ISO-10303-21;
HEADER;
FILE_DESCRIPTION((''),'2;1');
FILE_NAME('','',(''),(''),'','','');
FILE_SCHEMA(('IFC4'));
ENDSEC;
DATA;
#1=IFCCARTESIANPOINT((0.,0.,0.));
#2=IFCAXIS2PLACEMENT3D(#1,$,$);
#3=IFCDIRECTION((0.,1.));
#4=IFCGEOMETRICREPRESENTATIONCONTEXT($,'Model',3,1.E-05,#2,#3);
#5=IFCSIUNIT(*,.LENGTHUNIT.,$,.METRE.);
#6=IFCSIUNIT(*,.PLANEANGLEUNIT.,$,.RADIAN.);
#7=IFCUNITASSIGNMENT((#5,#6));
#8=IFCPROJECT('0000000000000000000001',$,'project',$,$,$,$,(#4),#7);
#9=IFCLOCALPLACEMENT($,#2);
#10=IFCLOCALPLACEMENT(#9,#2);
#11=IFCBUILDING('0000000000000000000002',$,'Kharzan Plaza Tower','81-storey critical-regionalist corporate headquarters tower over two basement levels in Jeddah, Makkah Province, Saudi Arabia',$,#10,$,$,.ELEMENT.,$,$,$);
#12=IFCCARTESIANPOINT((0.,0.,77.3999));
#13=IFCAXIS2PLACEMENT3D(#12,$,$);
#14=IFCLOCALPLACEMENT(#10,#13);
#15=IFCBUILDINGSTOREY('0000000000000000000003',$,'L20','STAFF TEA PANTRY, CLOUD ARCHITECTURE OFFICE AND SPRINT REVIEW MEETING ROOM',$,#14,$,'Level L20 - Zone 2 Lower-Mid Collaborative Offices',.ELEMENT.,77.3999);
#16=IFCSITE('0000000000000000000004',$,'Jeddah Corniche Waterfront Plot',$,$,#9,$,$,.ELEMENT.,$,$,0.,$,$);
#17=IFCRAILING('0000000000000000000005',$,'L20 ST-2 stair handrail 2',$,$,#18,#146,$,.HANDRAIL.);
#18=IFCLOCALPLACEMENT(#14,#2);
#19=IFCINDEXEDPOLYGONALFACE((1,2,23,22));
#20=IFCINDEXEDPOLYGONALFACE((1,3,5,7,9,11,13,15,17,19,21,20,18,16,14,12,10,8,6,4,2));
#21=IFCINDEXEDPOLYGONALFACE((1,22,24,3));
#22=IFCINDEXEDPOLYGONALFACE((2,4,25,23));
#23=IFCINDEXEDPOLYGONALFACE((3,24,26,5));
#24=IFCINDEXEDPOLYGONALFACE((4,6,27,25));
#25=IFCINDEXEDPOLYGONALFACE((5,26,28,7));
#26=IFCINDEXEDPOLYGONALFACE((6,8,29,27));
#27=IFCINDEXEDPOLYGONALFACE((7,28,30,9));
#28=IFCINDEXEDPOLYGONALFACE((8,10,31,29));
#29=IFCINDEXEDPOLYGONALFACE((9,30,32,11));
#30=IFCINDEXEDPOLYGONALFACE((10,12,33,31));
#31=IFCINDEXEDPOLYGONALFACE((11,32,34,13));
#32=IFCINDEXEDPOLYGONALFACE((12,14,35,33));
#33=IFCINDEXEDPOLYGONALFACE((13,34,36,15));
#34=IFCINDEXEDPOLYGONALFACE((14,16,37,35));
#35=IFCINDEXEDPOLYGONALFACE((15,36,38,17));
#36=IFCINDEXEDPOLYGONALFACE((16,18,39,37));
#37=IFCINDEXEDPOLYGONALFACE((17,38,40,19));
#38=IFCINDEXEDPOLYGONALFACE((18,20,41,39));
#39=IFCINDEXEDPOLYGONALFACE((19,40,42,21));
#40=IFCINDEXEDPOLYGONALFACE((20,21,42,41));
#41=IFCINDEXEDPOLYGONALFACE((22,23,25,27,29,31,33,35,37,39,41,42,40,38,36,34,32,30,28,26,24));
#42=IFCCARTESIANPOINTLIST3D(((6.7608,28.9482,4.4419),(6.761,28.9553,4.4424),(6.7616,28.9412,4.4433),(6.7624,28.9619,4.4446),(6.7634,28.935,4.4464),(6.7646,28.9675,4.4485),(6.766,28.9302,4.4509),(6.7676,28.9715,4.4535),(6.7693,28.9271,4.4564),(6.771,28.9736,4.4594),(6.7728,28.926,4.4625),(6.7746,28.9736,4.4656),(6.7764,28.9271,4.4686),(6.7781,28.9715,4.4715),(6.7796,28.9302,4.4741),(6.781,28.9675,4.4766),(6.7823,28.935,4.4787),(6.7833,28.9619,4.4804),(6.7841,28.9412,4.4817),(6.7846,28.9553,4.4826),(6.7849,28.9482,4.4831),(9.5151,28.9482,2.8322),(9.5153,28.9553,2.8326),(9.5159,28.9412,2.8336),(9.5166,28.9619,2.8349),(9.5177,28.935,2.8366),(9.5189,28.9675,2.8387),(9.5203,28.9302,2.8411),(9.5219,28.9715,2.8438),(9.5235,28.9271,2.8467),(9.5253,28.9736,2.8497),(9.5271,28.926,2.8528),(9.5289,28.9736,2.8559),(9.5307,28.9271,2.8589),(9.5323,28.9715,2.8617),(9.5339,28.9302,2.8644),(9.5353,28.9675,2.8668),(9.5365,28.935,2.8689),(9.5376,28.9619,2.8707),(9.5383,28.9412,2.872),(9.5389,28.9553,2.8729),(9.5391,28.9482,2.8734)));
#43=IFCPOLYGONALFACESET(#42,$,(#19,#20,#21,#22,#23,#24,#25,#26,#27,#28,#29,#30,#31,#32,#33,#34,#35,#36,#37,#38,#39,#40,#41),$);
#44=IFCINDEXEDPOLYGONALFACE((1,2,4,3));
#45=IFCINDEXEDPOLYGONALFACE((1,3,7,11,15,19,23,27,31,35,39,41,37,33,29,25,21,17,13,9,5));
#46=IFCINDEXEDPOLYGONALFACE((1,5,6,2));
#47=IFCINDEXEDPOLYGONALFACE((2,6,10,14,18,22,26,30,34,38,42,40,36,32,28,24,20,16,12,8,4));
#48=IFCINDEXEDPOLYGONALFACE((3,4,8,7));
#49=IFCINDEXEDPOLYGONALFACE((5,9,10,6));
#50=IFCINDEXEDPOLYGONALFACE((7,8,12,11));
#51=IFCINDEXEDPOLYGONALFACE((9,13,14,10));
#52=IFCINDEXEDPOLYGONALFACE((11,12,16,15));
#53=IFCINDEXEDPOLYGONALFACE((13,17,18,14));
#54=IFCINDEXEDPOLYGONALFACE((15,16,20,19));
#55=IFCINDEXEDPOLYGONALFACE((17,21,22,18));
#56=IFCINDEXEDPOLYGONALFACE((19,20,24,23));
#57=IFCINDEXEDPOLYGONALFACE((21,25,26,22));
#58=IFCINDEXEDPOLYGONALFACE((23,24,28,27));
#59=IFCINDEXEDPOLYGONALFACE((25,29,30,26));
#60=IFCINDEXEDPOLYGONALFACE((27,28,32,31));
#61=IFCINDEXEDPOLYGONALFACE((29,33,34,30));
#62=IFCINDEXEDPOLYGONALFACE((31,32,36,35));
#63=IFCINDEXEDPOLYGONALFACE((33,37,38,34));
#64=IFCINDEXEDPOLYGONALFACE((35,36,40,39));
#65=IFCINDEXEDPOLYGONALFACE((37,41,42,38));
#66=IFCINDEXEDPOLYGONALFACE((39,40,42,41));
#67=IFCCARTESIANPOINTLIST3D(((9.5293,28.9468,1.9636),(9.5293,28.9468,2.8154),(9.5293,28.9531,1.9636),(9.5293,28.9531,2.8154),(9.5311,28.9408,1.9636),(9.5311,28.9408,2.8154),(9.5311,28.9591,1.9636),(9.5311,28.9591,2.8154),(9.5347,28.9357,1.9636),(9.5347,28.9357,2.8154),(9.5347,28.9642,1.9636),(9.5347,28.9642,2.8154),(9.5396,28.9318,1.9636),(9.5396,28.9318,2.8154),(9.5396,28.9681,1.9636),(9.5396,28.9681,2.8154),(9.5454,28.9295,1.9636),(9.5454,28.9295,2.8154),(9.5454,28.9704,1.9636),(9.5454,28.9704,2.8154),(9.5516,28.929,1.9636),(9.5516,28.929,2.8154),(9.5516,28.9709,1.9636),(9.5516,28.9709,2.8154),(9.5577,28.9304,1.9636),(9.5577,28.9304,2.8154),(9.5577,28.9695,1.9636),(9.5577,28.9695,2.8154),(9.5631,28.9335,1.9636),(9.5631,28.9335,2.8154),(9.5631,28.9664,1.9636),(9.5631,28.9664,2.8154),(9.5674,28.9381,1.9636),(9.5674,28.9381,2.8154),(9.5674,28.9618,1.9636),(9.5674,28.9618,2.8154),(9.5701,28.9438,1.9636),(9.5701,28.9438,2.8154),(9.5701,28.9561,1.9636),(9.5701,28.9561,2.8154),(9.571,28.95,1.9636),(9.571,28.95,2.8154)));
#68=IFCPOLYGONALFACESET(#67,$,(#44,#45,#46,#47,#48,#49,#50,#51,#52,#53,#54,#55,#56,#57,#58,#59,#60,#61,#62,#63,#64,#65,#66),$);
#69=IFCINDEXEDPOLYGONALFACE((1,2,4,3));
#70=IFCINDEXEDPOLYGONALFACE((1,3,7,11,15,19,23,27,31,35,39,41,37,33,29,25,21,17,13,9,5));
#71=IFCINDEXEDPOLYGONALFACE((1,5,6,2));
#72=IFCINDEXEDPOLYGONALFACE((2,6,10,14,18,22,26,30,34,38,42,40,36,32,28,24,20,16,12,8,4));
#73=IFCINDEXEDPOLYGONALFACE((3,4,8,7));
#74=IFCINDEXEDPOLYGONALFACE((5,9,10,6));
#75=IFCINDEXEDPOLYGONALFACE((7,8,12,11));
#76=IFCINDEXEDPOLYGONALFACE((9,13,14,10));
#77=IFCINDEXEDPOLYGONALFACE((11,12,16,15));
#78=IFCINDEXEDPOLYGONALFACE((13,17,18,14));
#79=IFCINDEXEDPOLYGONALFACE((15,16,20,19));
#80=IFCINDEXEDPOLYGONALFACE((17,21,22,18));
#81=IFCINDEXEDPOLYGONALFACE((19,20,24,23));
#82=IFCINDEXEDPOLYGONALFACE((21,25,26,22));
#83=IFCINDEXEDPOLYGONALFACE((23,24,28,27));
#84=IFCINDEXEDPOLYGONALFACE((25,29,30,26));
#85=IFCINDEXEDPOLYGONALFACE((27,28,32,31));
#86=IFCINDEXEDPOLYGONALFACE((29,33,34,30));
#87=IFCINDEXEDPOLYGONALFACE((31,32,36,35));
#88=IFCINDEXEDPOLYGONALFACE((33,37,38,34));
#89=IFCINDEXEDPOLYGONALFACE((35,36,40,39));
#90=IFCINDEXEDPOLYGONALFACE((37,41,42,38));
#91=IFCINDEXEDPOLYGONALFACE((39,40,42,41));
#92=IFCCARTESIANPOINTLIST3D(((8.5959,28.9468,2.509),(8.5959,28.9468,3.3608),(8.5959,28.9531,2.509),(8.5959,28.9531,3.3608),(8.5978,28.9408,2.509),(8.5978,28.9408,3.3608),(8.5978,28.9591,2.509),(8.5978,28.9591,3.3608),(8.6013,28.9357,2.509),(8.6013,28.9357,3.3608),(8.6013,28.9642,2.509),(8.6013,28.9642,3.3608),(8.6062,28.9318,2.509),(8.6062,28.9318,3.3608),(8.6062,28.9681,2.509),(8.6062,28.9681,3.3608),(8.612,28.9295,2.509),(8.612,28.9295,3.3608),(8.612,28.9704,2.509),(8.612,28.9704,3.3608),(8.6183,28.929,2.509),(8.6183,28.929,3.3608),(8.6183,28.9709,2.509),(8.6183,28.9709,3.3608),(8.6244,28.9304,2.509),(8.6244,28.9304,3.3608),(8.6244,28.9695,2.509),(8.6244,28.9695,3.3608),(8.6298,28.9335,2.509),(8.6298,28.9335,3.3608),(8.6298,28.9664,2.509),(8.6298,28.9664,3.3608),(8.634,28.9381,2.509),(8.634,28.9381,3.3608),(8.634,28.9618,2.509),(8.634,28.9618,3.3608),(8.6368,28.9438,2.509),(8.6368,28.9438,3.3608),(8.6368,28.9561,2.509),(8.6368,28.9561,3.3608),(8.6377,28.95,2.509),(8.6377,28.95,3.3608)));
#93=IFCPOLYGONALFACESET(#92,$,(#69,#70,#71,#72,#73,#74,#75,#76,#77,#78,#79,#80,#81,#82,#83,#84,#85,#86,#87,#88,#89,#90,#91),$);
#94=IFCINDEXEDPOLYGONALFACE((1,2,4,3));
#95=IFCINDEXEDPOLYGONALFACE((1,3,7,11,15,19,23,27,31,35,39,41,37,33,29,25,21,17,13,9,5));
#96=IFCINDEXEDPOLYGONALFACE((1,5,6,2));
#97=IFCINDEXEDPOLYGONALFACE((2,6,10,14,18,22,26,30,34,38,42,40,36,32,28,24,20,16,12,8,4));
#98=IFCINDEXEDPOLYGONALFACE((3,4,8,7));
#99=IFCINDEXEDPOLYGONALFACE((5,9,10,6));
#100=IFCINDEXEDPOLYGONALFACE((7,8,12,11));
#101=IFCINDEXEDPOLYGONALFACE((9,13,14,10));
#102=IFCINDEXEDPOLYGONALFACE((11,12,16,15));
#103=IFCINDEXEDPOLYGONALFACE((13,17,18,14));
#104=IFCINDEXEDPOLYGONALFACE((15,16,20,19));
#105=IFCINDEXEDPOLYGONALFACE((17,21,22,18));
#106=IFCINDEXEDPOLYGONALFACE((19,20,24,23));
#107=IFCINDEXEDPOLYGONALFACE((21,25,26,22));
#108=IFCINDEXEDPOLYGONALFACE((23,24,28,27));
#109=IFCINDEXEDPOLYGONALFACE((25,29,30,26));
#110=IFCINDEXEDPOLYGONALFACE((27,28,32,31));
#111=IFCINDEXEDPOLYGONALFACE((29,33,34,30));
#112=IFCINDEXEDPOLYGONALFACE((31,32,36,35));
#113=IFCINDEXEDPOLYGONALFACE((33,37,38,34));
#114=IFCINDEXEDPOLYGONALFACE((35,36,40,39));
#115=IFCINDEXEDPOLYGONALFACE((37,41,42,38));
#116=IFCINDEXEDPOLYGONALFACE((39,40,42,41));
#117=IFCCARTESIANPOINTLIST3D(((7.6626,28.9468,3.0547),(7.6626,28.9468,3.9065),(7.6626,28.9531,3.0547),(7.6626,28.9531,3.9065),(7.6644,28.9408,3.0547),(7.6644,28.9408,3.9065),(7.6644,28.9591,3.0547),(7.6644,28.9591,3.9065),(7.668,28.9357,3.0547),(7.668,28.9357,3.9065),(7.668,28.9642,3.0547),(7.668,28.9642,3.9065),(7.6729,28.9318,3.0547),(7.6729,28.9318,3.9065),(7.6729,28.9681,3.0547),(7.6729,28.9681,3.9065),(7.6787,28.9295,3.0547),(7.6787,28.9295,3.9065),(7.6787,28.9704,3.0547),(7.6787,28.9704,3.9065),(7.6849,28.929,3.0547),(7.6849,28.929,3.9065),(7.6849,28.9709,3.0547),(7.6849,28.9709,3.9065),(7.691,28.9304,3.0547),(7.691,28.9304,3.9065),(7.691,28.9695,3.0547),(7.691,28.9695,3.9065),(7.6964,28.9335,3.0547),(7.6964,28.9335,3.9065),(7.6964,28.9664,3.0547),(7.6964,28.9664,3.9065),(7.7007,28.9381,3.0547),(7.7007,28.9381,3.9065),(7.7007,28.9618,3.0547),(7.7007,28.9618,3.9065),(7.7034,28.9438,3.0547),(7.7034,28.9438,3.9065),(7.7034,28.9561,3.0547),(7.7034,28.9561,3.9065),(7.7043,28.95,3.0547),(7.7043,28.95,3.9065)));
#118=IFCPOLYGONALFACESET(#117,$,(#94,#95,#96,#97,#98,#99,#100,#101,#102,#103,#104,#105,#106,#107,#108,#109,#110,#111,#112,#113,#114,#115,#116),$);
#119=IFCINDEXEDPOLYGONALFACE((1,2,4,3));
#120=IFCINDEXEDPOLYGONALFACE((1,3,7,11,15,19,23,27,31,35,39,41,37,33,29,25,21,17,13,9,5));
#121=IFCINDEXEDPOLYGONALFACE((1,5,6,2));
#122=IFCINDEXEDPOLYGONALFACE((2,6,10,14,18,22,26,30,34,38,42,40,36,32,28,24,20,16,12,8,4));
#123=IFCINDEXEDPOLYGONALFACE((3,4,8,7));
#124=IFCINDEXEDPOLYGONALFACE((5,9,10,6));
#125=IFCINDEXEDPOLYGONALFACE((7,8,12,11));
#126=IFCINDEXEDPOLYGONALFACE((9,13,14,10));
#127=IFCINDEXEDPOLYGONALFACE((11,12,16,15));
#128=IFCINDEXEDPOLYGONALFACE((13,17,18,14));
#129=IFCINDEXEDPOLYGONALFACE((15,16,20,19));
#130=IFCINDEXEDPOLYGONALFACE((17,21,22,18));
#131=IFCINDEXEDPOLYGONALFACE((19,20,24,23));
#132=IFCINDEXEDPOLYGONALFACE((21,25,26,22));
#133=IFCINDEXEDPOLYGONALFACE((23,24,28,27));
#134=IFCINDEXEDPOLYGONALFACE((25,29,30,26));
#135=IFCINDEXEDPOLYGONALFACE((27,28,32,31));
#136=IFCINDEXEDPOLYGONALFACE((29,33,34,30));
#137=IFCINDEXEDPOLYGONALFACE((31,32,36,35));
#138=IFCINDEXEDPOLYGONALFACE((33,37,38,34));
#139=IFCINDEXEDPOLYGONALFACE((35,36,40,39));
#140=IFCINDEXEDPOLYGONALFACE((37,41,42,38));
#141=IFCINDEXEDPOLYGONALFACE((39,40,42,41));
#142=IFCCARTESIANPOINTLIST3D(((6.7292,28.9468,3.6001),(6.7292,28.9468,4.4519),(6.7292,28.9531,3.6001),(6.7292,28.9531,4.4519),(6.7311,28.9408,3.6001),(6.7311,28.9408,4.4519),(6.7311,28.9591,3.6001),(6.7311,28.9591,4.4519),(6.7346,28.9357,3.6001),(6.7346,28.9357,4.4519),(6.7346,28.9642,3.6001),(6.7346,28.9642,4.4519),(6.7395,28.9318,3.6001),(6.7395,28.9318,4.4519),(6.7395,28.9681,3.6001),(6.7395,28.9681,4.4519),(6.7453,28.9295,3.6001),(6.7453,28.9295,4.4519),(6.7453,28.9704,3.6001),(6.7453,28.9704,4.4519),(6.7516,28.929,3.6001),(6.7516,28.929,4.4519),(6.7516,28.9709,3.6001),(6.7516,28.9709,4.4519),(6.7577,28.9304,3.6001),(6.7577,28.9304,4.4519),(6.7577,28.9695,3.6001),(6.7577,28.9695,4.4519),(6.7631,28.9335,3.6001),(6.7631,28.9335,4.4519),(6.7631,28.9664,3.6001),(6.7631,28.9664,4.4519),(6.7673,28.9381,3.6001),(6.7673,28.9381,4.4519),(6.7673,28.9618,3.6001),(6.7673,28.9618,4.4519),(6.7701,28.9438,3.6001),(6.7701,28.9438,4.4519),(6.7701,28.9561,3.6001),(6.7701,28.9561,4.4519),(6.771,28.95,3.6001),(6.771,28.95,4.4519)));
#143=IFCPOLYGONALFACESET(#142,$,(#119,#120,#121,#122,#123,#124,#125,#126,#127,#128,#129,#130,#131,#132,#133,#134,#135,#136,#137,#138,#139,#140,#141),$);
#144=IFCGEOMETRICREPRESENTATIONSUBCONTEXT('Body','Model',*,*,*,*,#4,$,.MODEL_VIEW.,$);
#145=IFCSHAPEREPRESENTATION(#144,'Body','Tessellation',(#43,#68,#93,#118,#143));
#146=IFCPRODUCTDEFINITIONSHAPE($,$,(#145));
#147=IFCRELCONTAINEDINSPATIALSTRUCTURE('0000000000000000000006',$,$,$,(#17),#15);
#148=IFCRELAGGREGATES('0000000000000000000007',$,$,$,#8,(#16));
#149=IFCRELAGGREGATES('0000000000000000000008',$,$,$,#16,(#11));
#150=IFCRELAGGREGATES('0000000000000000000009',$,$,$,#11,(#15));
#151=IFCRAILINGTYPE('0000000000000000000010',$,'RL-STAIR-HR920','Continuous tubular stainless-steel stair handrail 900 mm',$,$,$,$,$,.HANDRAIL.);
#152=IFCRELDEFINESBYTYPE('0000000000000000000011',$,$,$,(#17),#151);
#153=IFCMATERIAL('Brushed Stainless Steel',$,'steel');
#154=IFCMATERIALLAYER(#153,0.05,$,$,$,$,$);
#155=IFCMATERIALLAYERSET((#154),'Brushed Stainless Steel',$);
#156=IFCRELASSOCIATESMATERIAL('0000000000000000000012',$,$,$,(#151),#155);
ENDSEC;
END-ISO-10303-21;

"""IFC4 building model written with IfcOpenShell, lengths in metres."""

from ifc_helpers import new_model, si_unit, direction, frame, origin, origin_2d, place, context, subcontext, project, spatial, circle, extrude, source, transform, mapped, material, layer, layer_set, type_object, element, save


model = new_model("IFC4")

# Units and contexts
model_context = context("Model", 3, precision=1e-05, world=origin(), true_north=direction((0.0, 1.0)))
body_context = subcontext(model_context, "Body", "Model", "MODEL_VIEW")
ifc_project = project(units=[si_unit("LENGTHUNIT", "METRE"), si_unit("PLANEANGLEUNIT", "RADIAN")], contexts=[model_context])

# Site, building, storey
site_placement = place(None, origin())
site = spatial("IfcSite", under=ifc_project, at=site_placement, Name="Jeddah Corniche Waterfront Plot", CompositionType="ELEMENT", RefElevation=0.0)
building_placement = place(site_placement, origin())
building = spatial("IfcBuilding", under=site, at=building_placement, Name="Kharzan Plaza Tower", Description="81-storey critical-regionalist corporate headquarters tower over two basement levels in Jeddah, Makkah Province, Saudi Arabia", CompositionType="ELEMENT")
storey_placement = place(building_placement, frame((0.0, 0.0, 77.3999)))
storey = spatial("IfcBuildingStorey", under=building, at=storey_placement, Name="L20", Description="STAFF TEA PANTRY, CLOUD ARCHITECTURE OFFICE AND SPRINT REVIEW MEETING ROOM", LongName="Level L20 - Zone 2 Lower-Mid Collaborative Offices", CompositionType="ELEMENT", Elevation=77.3999)

# Shared definitions
ifc_material_1 = material(Name="Brushed Stainless Steel", Category="steel")

# Railing
ifc_layer_1 = layer(ifc_material_1, 0.05)
ifc_layer_set_1 = layer_set([ifc_layer_1], Name="Brushed Stainless Steel")
railing_type_1 = type_object("IfcRailingType", Name="RL-STAIR-HR920", Description="Continuous tubular stainless-steel stair handrail 900 mm", PredefinedType="HANDRAIL", material=ifc_layer_set_1)
shared_shape_1 = source(origin(), body_context, "Body", "SweptSolid", [
    extrude(circle(Radius=0.0239, at=origin_2d()), frame((-0.0229, 0.0, 0.8892), z_axis=(-0.863361, 0.0, 0.504587), x_axis=(0.0, -1.0, 0.0)), (0.0, 0.0, 1.0), 3.1902),
    extrude(circle(Radius=0.021, at=origin_2d()), origin(), (0.0, 0.0, 1.0), 0.8518),
    extrude(circle(Radius=0.021, at=origin_2d()), frame((-0.9333, 0.0, 0.5454)), (0.0, 0.0, 1.0), 0.8518),
    extrude(circle(Radius=0.021, at=origin_2d()), frame((-1.8667, 0.0, 1.0911)), (0.0, 0.0, 1.0), 0.8518),
    extrude(circle(Radius=0.021, at=origin_2d()), frame((-2.8, 0.0, 1.6365)), (0.0, 0.0, 1.0), 0.8518),
])
railing_1_placement = place(storey_placement, frame((9.55, 28.95, 1.9636)))
element("IfcRailing", 1, at=railing_1_placement, inside=storey, type_object=railing_type_1, Name="L20 ST-2 stair handrail 2", PredefinedType="HANDRAIL", context=body_context, shape_type="MappedRepresentation", body=[
    mapped(shared_shape_1, transform((0.0, 0.0, 0.0), x_axis=(1.0, 0.0, 0.0), y_axis=(0.0, 1.0, 0.0), z_axis=(0.0, 0.0, 1.0))),
])

save(model, "model.ifc")
